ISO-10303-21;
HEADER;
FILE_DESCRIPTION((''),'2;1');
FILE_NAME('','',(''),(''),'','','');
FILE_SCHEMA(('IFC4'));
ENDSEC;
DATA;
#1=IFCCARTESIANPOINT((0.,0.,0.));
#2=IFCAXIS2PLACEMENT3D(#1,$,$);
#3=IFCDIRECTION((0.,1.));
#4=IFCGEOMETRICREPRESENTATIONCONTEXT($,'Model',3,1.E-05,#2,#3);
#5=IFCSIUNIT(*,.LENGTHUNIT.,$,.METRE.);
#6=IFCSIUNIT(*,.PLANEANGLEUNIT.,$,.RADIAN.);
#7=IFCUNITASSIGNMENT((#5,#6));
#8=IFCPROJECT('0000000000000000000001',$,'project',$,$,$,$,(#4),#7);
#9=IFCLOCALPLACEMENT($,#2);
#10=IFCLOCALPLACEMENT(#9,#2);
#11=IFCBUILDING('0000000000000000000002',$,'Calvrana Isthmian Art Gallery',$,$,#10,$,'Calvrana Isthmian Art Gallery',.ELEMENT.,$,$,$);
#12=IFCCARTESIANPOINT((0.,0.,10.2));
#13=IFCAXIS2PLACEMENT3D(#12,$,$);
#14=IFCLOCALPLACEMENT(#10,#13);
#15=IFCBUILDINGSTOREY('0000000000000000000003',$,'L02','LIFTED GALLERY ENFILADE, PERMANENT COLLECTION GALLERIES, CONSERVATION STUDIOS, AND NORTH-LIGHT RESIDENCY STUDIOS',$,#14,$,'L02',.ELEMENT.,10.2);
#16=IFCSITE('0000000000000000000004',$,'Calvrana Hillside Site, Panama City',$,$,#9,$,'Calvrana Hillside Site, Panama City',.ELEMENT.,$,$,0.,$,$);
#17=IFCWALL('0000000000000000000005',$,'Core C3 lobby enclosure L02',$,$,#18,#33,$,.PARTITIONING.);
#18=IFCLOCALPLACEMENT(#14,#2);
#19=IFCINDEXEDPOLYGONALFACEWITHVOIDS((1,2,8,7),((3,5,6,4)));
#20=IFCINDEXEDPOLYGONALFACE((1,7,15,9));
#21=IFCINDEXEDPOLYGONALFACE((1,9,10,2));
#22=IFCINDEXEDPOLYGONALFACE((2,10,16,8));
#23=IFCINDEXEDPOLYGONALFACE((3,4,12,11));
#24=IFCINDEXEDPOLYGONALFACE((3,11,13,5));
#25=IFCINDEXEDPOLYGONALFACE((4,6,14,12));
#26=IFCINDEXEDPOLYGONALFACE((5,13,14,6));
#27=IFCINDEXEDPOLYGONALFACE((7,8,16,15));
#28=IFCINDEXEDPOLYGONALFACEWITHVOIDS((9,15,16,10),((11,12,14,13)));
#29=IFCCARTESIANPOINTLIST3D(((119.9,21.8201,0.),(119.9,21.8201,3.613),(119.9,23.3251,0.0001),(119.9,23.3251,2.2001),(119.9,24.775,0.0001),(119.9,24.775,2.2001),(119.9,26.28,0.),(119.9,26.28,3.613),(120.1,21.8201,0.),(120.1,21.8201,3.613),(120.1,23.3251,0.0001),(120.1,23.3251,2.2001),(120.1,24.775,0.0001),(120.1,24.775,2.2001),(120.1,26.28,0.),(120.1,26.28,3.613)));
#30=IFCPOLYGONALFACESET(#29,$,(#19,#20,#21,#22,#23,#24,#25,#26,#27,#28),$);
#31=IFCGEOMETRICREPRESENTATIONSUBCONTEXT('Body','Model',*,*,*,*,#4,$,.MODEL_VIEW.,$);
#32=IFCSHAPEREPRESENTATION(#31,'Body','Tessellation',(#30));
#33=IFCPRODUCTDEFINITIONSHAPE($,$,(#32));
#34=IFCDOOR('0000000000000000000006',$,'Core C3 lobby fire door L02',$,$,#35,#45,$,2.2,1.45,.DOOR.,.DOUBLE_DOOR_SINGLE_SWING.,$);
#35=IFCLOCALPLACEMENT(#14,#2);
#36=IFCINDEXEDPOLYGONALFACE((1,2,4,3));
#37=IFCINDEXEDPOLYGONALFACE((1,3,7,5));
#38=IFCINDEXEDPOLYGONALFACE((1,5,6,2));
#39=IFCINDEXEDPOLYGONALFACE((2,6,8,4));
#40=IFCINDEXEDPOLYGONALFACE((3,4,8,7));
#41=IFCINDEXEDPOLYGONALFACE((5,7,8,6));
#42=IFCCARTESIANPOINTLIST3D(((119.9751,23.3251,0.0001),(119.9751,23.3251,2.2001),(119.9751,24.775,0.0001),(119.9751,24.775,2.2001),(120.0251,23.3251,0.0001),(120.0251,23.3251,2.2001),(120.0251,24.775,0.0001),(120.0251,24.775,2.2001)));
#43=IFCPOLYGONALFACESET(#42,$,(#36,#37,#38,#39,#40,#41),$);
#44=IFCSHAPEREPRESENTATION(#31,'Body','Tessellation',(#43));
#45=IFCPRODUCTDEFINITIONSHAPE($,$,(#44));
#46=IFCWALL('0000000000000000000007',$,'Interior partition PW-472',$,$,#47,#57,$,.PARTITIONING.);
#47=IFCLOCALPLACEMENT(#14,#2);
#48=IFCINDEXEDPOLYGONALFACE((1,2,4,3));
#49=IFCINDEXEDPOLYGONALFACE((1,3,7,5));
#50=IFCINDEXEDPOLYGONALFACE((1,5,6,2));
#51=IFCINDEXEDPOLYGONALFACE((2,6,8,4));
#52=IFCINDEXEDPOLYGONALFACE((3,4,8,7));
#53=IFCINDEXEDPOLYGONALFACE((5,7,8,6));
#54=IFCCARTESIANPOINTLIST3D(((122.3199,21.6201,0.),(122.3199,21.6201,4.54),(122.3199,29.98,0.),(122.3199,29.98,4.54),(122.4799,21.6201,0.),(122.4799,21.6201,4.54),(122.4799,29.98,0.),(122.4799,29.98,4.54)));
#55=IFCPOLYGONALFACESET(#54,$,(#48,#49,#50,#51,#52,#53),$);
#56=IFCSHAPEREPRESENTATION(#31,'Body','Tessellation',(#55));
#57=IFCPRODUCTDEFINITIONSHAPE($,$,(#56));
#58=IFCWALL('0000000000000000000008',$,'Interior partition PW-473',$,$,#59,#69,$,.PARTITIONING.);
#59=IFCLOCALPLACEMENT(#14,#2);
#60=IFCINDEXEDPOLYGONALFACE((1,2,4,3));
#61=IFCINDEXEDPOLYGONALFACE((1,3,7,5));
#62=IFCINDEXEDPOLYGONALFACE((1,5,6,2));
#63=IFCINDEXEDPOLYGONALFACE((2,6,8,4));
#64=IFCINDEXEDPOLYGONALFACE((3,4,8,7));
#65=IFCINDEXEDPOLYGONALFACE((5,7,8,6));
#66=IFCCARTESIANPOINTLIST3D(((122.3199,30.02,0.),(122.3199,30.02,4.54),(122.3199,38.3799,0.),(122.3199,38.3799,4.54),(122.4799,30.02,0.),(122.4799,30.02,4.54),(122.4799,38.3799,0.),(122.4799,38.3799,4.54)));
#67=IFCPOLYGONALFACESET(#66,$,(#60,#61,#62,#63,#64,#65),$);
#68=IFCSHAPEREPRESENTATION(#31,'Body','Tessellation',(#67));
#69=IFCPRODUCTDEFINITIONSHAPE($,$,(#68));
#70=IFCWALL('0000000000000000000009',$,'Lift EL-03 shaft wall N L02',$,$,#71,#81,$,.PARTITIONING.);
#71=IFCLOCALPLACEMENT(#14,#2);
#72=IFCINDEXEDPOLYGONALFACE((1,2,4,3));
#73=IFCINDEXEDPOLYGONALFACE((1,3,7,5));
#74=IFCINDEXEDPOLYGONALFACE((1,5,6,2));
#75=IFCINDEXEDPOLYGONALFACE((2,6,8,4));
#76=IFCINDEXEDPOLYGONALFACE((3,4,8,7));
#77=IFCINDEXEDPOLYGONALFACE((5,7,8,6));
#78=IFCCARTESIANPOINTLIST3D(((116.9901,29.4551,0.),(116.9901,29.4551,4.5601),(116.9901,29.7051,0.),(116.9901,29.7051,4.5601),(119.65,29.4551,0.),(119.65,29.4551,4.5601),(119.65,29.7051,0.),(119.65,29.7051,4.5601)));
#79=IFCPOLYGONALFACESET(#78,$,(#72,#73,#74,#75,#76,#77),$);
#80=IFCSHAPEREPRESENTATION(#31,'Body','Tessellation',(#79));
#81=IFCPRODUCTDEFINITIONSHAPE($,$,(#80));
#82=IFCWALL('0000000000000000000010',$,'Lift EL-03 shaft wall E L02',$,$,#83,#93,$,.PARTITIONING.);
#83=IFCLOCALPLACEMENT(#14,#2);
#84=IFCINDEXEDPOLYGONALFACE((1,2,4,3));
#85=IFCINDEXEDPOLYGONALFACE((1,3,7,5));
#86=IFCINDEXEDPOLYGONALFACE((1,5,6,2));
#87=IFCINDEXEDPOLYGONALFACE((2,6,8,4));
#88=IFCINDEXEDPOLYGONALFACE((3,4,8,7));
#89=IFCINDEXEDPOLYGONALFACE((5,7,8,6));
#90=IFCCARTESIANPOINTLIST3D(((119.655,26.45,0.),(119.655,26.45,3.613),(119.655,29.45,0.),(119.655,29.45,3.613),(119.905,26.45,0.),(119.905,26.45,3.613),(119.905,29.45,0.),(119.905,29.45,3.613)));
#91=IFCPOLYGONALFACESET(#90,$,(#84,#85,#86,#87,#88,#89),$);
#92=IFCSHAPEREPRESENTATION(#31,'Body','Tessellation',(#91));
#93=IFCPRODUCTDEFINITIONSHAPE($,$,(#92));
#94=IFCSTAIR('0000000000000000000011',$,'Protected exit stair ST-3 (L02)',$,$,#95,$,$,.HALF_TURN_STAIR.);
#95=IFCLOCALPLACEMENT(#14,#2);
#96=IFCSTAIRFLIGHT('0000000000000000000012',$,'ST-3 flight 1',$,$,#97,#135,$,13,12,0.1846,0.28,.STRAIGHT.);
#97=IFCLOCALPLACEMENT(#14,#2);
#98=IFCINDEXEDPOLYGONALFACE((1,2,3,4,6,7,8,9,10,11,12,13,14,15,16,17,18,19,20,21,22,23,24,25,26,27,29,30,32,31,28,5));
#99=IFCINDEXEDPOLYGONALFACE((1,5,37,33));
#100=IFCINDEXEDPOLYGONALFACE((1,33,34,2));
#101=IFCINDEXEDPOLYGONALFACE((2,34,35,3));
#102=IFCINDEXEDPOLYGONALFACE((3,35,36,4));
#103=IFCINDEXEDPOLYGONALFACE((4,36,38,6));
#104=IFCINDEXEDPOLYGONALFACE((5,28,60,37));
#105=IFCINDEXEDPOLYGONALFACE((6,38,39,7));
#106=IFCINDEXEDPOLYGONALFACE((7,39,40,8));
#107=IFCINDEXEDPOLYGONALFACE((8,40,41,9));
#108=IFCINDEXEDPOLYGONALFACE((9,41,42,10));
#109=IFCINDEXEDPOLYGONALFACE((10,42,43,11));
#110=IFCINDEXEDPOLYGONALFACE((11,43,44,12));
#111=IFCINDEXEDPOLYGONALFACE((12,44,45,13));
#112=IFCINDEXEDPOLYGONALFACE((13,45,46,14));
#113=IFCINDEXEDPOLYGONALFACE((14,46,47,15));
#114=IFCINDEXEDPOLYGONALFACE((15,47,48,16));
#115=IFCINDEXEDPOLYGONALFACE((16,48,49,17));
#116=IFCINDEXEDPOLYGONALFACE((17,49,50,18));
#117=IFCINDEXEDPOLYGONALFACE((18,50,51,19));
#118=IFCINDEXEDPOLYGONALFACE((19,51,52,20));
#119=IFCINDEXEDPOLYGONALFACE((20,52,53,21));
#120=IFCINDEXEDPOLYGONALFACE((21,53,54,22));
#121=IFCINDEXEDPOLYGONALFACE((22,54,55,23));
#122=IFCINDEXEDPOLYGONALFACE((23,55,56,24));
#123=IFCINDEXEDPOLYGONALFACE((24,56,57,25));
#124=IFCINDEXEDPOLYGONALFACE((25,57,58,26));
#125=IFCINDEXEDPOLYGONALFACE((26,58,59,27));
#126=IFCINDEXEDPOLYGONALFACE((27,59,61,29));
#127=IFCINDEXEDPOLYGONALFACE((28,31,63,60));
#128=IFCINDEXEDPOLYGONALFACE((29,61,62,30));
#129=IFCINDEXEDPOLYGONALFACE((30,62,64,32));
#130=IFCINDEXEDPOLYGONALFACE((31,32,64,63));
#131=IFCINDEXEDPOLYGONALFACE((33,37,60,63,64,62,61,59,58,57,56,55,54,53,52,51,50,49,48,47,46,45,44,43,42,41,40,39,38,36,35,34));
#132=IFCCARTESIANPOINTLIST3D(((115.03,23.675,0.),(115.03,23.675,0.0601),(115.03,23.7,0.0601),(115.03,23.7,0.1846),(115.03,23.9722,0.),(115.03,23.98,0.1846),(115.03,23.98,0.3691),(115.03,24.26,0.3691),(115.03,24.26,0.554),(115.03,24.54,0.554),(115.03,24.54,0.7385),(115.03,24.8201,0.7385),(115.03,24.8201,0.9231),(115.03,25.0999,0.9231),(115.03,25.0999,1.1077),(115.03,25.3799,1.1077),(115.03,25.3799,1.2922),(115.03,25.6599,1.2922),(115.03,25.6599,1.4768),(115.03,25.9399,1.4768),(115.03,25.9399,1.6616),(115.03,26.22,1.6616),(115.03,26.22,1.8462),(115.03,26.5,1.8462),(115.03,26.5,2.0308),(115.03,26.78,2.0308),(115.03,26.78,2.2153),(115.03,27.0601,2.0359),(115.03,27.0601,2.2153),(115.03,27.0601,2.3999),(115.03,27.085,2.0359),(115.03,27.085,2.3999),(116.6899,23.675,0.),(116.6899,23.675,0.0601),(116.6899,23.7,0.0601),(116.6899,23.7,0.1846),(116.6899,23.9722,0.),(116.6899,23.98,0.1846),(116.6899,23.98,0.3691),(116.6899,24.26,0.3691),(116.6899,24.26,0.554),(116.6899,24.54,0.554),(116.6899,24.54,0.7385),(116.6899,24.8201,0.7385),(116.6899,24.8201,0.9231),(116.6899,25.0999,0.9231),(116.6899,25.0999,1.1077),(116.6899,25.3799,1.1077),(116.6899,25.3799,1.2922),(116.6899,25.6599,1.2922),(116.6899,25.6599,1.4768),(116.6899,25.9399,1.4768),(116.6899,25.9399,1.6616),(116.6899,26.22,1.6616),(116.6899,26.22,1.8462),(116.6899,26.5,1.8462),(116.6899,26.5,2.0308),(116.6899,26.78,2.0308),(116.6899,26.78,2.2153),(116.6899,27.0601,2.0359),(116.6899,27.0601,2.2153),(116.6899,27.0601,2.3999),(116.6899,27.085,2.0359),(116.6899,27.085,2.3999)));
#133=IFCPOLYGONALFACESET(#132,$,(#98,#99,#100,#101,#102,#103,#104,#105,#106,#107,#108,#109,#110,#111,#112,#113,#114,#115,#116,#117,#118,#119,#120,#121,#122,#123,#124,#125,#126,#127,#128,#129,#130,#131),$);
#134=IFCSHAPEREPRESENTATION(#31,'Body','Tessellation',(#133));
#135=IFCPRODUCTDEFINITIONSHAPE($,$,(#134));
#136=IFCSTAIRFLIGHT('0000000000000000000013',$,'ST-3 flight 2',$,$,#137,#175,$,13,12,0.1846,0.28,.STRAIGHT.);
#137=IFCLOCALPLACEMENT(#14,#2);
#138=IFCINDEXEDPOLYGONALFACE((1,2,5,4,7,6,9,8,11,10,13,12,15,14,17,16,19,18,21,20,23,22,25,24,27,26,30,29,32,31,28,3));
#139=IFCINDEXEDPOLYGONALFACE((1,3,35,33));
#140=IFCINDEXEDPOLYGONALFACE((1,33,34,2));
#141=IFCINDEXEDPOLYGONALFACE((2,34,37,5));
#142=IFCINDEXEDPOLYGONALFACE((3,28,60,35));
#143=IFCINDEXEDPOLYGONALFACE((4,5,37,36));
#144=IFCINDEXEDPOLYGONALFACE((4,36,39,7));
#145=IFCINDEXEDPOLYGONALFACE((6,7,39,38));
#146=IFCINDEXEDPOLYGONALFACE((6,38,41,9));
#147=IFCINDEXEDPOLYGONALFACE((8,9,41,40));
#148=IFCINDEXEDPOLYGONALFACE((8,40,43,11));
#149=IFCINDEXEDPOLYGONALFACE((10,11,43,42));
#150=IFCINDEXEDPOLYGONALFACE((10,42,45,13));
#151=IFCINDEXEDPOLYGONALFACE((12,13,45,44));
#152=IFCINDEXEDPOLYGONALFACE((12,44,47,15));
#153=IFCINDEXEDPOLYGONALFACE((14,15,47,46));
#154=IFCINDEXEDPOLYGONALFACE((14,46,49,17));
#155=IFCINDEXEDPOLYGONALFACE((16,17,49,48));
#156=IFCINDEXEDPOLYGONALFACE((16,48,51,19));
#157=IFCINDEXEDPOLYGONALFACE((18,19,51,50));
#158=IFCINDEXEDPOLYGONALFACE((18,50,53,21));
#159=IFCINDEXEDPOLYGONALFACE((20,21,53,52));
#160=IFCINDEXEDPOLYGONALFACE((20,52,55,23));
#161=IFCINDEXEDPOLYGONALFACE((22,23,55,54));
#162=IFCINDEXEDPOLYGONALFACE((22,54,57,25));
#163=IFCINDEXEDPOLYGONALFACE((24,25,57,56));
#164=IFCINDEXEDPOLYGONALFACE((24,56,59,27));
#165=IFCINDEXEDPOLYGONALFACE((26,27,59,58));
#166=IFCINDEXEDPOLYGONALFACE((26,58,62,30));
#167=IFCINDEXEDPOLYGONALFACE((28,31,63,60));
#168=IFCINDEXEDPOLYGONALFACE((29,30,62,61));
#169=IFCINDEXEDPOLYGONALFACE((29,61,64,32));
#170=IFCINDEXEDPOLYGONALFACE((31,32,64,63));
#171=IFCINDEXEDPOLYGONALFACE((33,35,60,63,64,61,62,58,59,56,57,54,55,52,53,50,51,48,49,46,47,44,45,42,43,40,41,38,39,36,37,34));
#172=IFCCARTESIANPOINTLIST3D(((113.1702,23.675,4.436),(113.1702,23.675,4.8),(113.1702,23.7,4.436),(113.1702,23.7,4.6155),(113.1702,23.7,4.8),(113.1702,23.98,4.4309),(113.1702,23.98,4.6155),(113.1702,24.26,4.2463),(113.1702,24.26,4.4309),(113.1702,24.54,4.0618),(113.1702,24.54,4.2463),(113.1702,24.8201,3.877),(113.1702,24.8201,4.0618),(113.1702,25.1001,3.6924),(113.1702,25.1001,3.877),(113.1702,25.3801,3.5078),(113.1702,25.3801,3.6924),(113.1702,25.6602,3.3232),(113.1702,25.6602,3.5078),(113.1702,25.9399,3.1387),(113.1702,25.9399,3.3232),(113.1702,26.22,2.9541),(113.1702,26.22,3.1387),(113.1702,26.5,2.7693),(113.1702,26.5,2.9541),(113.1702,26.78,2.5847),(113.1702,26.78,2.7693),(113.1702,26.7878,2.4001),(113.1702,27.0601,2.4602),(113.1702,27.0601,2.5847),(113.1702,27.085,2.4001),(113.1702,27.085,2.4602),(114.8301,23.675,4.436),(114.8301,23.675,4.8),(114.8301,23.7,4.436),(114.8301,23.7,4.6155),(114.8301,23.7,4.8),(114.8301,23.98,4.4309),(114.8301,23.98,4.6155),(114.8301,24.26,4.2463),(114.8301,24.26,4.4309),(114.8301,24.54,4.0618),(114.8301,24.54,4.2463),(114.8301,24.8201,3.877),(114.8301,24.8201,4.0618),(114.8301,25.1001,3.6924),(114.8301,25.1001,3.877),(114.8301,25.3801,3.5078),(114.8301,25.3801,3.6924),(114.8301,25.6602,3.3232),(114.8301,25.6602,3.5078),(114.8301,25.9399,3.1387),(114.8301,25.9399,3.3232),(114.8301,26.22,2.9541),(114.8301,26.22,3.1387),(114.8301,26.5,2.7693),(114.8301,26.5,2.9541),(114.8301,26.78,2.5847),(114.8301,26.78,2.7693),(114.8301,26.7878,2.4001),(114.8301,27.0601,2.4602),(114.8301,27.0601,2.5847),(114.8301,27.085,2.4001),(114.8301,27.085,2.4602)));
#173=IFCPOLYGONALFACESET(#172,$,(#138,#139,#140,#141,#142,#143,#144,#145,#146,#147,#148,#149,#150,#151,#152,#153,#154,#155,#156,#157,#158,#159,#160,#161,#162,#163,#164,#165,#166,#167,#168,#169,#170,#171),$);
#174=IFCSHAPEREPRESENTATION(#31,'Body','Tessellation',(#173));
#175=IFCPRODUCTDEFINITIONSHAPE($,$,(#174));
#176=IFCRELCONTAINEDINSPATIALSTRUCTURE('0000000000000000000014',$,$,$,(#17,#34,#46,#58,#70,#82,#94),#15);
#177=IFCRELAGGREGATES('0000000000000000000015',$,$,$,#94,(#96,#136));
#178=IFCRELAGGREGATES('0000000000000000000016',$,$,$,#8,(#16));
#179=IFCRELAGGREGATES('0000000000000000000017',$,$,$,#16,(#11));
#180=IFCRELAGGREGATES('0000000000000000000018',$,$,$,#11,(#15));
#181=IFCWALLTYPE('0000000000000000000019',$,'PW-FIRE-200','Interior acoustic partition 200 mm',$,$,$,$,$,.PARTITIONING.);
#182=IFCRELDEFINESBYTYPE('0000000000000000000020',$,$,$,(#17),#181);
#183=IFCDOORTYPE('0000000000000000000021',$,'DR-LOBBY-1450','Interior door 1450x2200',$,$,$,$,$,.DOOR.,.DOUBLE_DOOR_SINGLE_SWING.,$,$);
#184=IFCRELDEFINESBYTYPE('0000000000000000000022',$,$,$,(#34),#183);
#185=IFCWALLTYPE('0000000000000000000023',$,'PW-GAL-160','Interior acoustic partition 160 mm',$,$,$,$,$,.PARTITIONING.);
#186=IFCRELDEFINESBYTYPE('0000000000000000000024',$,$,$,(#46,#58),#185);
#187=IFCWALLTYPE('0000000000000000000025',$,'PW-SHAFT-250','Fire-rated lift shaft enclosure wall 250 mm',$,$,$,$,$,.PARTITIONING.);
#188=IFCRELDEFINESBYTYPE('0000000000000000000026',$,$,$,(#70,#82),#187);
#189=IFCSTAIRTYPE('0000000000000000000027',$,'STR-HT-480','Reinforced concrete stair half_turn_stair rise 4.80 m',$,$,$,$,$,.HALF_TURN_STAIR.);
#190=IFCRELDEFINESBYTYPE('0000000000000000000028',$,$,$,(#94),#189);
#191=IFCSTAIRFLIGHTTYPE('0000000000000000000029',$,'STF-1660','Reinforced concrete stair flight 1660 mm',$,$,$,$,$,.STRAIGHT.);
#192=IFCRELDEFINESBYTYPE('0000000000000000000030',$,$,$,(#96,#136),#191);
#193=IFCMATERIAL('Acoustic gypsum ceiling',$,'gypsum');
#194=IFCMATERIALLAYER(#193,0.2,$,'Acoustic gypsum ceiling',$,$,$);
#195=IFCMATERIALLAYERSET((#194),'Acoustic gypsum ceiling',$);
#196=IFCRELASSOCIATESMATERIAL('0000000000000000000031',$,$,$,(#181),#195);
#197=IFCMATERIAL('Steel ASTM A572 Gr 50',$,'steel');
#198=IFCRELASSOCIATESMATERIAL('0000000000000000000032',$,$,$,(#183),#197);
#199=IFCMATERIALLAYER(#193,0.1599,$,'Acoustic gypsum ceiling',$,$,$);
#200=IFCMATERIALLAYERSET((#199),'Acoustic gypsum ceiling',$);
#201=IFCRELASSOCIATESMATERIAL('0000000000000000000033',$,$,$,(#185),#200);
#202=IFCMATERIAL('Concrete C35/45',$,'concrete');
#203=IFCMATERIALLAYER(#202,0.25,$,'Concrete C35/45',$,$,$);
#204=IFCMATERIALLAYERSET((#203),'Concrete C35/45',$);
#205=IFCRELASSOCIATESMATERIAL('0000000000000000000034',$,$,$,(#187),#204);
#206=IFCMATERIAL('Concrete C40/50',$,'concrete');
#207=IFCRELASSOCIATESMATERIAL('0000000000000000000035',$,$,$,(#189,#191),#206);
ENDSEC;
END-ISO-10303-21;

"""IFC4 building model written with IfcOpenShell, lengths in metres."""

from ifc_helpers import new_model, si_unit, direction, frame, frame_2d, origin, place, context, subcontext, project, spatial, polyline, rectangle, outline, extrude, material, layer, layer_set, type_object, element, fill, aggregate, save


model = new_model("IFC4")

# Units and contexts
model_context = context("Model", 3, precision=1e-05, world=origin(), true_north=direction((0.0, 1.0)))
body_context = subcontext(model_context, "Body", "Model", "MODEL_VIEW")
ifc_project = project(units=[si_unit("LENGTHUNIT", "METRE"), si_unit("PLANEANGLEUNIT", "RADIAN")], contexts=[model_context])

# Site, building, storey
site_placement = place(None, origin())
site = spatial("IfcSite", under=ifc_project, at=site_placement, Name="Calvrana Hillside Site, Panama City", LongName="Calvrana Hillside Site, Panama City", CompositionType="ELEMENT", RefElevation=0.0)
building_placement = place(site_placement, origin())
building = spatial("IfcBuilding", under=site, at=building_placement, Name="Calvrana Isthmian Art Gallery", LongName="Calvrana Isthmian Art Gallery", CompositionType="ELEMENT")
storey_placement = place(building_placement, frame((0.0, 0.0, 10.2)))
storey = spatial("IfcBuildingStorey", under=building, at=storey_placement, Name="L02", Description="LIFTED GALLERY ENFILADE, PERMANENT COLLECTION GALLERIES, CONSERVATION STUDIOS, AND NORTH-LIGHT RESIDENCY STUDIOS", LongName="L02", CompositionType="ELEMENT", Elevation=10.2)

# Shared definitions
ifc_material_1 = material(Name="Concrete C40/50", Category="concrete")

# Shared definitions
ifc_material_2 = material(Name="Steel ASTM A572 Gr 50", Category="steel")

# Wall, opening, door
ifc_material_3 = material(Name="Acoustic gypsum ceiling", Category="gypsum")
ifc_layer_1 = layer(ifc_material_3, 0.2, Name="Acoustic gypsum ceiling")
ifc_layer_set_1 = layer_set([ifc_layer_1], Name="Acoustic gypsum ceiling")
wall_type_1 = type_object("IfcWallType", Name="PW-FIRE-200", Description="Interior acoustic partition 200 mm", PredefinedType="PARTITIONING", material=ifc_layer_set_1)
wall_1_placement = place(storey_placement, frame((120.0, 21.8201, 0.0), z_axis=(0.0, 0.0, 1.0), x_axis=(0.0, 1.0, 0.0)))
wall_1 = element("IfcWall", 1, at=wall_1_placement, inside=storey, type_object=wall_type_1, Name="Core C3 lobby enclosure L02", PredefinedType="PARTITIONING", context=body_context, shape_type="SweptSolid", body=[
    extrude(rectangle(XDim=4.46, YDim=0.2, at=frame_2d((2.23, 0.0))), origin(), (0.0, 0.0, 1.0), 3.613),
])
opening_1_placement = place(wall_1_placement, frame((1.5049, 0.0, 0.0)))
opening_1 = element("IfcOpeningElement", 2, at=opening_1_placement, cuts=wall_1, PredefinedType="OPENING", context=body_context, shape_type="SweptSolid", body=[
    extrude(rectangle(XDim=1.45, YDim=2.2, at=frame_2d((0.7251, 1.1001))), frame((0.0, 0.1104, 0.0), z_axis=(0.0, -1.0, 0.0), x_axis=(1.0, 0.0, 0.0)), (0.0, 0.0, 1.0), 0.2205),
])
door_type_1 = type_object("IfcDoorType", Name="DR-LOBBY-1450", Description="Interior door 1450x2200", OperationType="DOUBLE_DOOR_SINGLE_SWING", PredefinedType="DOOR", material=ifc_material_2)
door_1_placement = place(opening_1_placement, origin())
door_1 = element("IfcDoor", 3, at=door_1_placement, inside=storey, type_object=door_type_1, Name="Core C3 lobby fire door L02", OperationType="DOUBLE_DOOR_SINGLE_SWING", OverallHeight=2.2, OverallWidth=1.45, PredefinedType="DOOR", context=body_context, shape_type="SweptSolid", body=[
    extrude(rectangle(XDim=1.45, YDim=2.2, at=frame_2d((0.7251, 1.1001))), frame((0.0, 0.0249, 0.0), z_axis=(0.0, -1.0, 0.0), x_axis=(1.0, 0.0, 0.0)), (0.0, 0.0, 1.0), 0.05),
])
fill(opening_1, door_1)

# Walls
ifc_layer_2 = layer(ifc_material_3, 0.1599, Name="Acoustic gypsum ceiling")
ifc_layer_set_2 = layer_set([ifc_layer_2], Name="Acoustic gypsum ceiling")
wall_type_2 = type_object("IfcWallType", Name="PW-GAL-160", Description="Interior acoustic partition 160 mm", PredefinedType="PARTITIONING", material=ifc_layer_set_2)
for number, where, z_axis, x_axis, name in (
    (4, (122.3999, 21.6201, 0.0), (0.0, 0.0, 1.0), (0.0, 1.0, 0.0), "Interior partition PW-472"),
    (5, (122.3999, 30.02, 0.0), (0.0, 0.0, 1.0), (0.0, 1.0, 0.0), "Interior partition PW-473"),
):
    element("IfcWall", number, at=place(storey_placement, frame(where, z_axis=z_axis, x_axis=x_axis)), inside=storey, type_object=wall_type_2, Name=name, PredefinedType="PARTITIONING", context=body_context, shape_type="SweptSolid", body=[
        extrude(rectangle(XDim=8.3599, YDim=0.1599, at=frame_2d((4.1799, 0.0))), origin(), (0.0, 0.0, 1.0), 4.54),
    ])
ifc_material_4 = material(Name="Concrete C35/45", Category="concrete")
ifc_layer_3 = layer(ifc_material_4, 0.25, Name="Concrete C35/45")
ifc_layer_set_3 = layer_set([ifc_layer_3], Name="Concrete C35/45")
wall_type_3 = type_object("IfcWallType", Name="PW-SHAFT-250", Description="Fire-rated lift shaft enclosure wall 250 mm", PredefinedType="PARTITIONING", material=ifc_layer_set_3)
wall_2_placement = place(storey_placement, frame((116.99, 29.5801, 0.0), z_axis=(0.0, 0.0, 1.0), x_axis=(1.0, 0.0, 0.0)))
element("IfcWall", 6, at=wall_2_placement, inside=storey, type_object=wall_type_3, Name="Lift EL-03 shaft wall N L02", PredefinedType="PARTITIONING", context=body_context, shape_type="SweptSolid", body=[
    extrude(rectangle(XDim=2.6599, YDim=0.25, at=frame_2d((1.3301, 0.0))), origin(), (0.0, 0.0, 1.0), 4.5601),
])
wall_3_placement = place(storey_placement, frame((119.78, 26.45, 0.0), z_axis=(0.0, 0.0, 1.0), x_axis=(0.0, 1.0, 0.0)))
element("IfcWall", 7, at=wall_3_placement, inside=storey, type_object=wall_type_3, Name="Lift EL-03 shaft wall E L02", PredefinedType="PARTITIONING", context=body_context, shape_type="SweptSolid", body=[
    extrude(rectangle(XDim=3.0, YDim=0.25, at=frame_2d((1.5, 0.0))), origin(), (0.0, 0.0, 1.0), 3.613),
])

# Stair, stair flights
stair_type = type_object("IfcStairType", Name="STR-HT-480", Description="Reinforced concrete stair half_turn_stair rise 4.80 m", PredefinedType="HALF_TURN_STAIR", material=ifc_material_1)
stair_placement = place(storey_placement, origin())
stair = element("IfcStair", 8, at=stair_placement, inside=storey, type_object=stair_type, Name="Protected exit stair ST-3 (L02)", PredefinedType="HALF_TURN_STAIR")
stair_flight_type = type_object("IfcStairFlightType", Name="STF-1660", Description="Reinforced concrete stair flight 1660 mm", PredefinedType="STRAIGHT", material=ifc_material_1)
stair_flight_1_placement = place(storey_placement, frame((115.8601, 23.7, 0.0), z_axis=(0.0, 0.0, 1.0), x_axis=(0.0, 1.0, 0.0)))
stair_flight_1 = element("IfcStairFlight", 9, at=stair_flight_1_placement, type_object=stair_flight_type, Name="ST-3 flight 1", NumberOfRisers=13, NumberOfTreads=12, PredefinedType="STRAIGHT", RiserHeight=0.1846, TreadLength=0.28, context=body_context, shape_type="SweptSolid", body=[
    extrude(outline(polyline([(-0.0249, 0.0), (-0.0249, 0.0601), (0.0, 0.0601), (0.0, 0.1846), (0.28, 0.1846), (0.28, 0.3691), (0.5601, 0.3691), (0.5601, 0.554), (0.8401, 0.554), (0.8401, 0.7385), (1.1201, 0.7385), (1.1201, 0.9231), (1.3999, 0.9231), (1.3999, 1.1077), (1.6799, 1.1077), (1.6799, 1.2922), (1.96, 1.2922), (1.96, 1.4768), (2.24, 1.4768), (2.24, 1.6616), (2.52, 1.6616), (2.52, 1.8462), (2.8, 1.8462), (2.8, 2.0308), (3.0801, 2.0308), (3.0801, 2.2153), (3.3601, 2.2153), (3.3601, 2.3999), (3.385, 2.3999), (3.385, 2.0359), (3.3601, 2.0359), (0.2722, 0.0), (-0.0249, 0.0)])), frame((0.0, 0.8301, 0.0), z_axis=(0.0, -1.0, 0.0), x_axis=(1.0, 0.0, 0.0)), (0.0, 0.0, 1.0), 1.6599),
])
stair_flight_2_placement = place(storey_placement, frame((114.0, 27.0601, 2.4001), z_axis=(0.0, 0.0, 1.0), x_axis=(0.0, -1.0, 0.0)))
stair_flight_2 = element("IfcStairFlight", 10, at=stair_flight_2_placement, type_object=stair_flight_type, Name="ST-3 flight 2", NumberOfRisers=13, NumberOfTreads=12, PredefinedType="STRAIGHT", RiserHeight=0.1846, TreadLength=0.28, context=body_context, shape_type="SweptSolid", body=[
    extrude(outline(polyline([(-0.0249, 0.0), (-0.0249, 0.0601), (0.0, 0.0601), (0.0, 0.1846), (0.28, 0.1846), (0.28, 0.3691), (0.5601, 0.3691), (0.5601, 0.554), (0.8401, 0.554), (0.8401, 0.7385), (1.1201, 0.7385), (1.1201, 0.9231), (1.3999, 0.9231), (1.3999, 1.1077), (1.6799, 1.1077), (1.6799, 1.2922), (1.96, 1.2922), (1.96, 1.4768), (2.24, 1.4768), (2.24, 1.6616), (2.52, 1.6616), (2.52, 1.8462), (2.8, 1.8462), (2.8, 2.0308), (3.0801, 2.0308), (3.0801, 2.2153), (3.3601, 2.2153), (3.3601, 2.3999), (3.385, 2.3999), (3.385, 2.0359), (3.3601, 2.0359), (0.2722, 0.0), (-0.0249, 0.0)])), frame((0.0, 0.8301, 0.0), z_axis=(0.0, -1.0, 0.0), x_axis=(1.0, 0.0, 0.0)), (0.0, 0.0, 1.0), 1.6599),
])
aggregate(stair, [stair_flight_1, stair_flight_2])

save(model, "model.ifc")
